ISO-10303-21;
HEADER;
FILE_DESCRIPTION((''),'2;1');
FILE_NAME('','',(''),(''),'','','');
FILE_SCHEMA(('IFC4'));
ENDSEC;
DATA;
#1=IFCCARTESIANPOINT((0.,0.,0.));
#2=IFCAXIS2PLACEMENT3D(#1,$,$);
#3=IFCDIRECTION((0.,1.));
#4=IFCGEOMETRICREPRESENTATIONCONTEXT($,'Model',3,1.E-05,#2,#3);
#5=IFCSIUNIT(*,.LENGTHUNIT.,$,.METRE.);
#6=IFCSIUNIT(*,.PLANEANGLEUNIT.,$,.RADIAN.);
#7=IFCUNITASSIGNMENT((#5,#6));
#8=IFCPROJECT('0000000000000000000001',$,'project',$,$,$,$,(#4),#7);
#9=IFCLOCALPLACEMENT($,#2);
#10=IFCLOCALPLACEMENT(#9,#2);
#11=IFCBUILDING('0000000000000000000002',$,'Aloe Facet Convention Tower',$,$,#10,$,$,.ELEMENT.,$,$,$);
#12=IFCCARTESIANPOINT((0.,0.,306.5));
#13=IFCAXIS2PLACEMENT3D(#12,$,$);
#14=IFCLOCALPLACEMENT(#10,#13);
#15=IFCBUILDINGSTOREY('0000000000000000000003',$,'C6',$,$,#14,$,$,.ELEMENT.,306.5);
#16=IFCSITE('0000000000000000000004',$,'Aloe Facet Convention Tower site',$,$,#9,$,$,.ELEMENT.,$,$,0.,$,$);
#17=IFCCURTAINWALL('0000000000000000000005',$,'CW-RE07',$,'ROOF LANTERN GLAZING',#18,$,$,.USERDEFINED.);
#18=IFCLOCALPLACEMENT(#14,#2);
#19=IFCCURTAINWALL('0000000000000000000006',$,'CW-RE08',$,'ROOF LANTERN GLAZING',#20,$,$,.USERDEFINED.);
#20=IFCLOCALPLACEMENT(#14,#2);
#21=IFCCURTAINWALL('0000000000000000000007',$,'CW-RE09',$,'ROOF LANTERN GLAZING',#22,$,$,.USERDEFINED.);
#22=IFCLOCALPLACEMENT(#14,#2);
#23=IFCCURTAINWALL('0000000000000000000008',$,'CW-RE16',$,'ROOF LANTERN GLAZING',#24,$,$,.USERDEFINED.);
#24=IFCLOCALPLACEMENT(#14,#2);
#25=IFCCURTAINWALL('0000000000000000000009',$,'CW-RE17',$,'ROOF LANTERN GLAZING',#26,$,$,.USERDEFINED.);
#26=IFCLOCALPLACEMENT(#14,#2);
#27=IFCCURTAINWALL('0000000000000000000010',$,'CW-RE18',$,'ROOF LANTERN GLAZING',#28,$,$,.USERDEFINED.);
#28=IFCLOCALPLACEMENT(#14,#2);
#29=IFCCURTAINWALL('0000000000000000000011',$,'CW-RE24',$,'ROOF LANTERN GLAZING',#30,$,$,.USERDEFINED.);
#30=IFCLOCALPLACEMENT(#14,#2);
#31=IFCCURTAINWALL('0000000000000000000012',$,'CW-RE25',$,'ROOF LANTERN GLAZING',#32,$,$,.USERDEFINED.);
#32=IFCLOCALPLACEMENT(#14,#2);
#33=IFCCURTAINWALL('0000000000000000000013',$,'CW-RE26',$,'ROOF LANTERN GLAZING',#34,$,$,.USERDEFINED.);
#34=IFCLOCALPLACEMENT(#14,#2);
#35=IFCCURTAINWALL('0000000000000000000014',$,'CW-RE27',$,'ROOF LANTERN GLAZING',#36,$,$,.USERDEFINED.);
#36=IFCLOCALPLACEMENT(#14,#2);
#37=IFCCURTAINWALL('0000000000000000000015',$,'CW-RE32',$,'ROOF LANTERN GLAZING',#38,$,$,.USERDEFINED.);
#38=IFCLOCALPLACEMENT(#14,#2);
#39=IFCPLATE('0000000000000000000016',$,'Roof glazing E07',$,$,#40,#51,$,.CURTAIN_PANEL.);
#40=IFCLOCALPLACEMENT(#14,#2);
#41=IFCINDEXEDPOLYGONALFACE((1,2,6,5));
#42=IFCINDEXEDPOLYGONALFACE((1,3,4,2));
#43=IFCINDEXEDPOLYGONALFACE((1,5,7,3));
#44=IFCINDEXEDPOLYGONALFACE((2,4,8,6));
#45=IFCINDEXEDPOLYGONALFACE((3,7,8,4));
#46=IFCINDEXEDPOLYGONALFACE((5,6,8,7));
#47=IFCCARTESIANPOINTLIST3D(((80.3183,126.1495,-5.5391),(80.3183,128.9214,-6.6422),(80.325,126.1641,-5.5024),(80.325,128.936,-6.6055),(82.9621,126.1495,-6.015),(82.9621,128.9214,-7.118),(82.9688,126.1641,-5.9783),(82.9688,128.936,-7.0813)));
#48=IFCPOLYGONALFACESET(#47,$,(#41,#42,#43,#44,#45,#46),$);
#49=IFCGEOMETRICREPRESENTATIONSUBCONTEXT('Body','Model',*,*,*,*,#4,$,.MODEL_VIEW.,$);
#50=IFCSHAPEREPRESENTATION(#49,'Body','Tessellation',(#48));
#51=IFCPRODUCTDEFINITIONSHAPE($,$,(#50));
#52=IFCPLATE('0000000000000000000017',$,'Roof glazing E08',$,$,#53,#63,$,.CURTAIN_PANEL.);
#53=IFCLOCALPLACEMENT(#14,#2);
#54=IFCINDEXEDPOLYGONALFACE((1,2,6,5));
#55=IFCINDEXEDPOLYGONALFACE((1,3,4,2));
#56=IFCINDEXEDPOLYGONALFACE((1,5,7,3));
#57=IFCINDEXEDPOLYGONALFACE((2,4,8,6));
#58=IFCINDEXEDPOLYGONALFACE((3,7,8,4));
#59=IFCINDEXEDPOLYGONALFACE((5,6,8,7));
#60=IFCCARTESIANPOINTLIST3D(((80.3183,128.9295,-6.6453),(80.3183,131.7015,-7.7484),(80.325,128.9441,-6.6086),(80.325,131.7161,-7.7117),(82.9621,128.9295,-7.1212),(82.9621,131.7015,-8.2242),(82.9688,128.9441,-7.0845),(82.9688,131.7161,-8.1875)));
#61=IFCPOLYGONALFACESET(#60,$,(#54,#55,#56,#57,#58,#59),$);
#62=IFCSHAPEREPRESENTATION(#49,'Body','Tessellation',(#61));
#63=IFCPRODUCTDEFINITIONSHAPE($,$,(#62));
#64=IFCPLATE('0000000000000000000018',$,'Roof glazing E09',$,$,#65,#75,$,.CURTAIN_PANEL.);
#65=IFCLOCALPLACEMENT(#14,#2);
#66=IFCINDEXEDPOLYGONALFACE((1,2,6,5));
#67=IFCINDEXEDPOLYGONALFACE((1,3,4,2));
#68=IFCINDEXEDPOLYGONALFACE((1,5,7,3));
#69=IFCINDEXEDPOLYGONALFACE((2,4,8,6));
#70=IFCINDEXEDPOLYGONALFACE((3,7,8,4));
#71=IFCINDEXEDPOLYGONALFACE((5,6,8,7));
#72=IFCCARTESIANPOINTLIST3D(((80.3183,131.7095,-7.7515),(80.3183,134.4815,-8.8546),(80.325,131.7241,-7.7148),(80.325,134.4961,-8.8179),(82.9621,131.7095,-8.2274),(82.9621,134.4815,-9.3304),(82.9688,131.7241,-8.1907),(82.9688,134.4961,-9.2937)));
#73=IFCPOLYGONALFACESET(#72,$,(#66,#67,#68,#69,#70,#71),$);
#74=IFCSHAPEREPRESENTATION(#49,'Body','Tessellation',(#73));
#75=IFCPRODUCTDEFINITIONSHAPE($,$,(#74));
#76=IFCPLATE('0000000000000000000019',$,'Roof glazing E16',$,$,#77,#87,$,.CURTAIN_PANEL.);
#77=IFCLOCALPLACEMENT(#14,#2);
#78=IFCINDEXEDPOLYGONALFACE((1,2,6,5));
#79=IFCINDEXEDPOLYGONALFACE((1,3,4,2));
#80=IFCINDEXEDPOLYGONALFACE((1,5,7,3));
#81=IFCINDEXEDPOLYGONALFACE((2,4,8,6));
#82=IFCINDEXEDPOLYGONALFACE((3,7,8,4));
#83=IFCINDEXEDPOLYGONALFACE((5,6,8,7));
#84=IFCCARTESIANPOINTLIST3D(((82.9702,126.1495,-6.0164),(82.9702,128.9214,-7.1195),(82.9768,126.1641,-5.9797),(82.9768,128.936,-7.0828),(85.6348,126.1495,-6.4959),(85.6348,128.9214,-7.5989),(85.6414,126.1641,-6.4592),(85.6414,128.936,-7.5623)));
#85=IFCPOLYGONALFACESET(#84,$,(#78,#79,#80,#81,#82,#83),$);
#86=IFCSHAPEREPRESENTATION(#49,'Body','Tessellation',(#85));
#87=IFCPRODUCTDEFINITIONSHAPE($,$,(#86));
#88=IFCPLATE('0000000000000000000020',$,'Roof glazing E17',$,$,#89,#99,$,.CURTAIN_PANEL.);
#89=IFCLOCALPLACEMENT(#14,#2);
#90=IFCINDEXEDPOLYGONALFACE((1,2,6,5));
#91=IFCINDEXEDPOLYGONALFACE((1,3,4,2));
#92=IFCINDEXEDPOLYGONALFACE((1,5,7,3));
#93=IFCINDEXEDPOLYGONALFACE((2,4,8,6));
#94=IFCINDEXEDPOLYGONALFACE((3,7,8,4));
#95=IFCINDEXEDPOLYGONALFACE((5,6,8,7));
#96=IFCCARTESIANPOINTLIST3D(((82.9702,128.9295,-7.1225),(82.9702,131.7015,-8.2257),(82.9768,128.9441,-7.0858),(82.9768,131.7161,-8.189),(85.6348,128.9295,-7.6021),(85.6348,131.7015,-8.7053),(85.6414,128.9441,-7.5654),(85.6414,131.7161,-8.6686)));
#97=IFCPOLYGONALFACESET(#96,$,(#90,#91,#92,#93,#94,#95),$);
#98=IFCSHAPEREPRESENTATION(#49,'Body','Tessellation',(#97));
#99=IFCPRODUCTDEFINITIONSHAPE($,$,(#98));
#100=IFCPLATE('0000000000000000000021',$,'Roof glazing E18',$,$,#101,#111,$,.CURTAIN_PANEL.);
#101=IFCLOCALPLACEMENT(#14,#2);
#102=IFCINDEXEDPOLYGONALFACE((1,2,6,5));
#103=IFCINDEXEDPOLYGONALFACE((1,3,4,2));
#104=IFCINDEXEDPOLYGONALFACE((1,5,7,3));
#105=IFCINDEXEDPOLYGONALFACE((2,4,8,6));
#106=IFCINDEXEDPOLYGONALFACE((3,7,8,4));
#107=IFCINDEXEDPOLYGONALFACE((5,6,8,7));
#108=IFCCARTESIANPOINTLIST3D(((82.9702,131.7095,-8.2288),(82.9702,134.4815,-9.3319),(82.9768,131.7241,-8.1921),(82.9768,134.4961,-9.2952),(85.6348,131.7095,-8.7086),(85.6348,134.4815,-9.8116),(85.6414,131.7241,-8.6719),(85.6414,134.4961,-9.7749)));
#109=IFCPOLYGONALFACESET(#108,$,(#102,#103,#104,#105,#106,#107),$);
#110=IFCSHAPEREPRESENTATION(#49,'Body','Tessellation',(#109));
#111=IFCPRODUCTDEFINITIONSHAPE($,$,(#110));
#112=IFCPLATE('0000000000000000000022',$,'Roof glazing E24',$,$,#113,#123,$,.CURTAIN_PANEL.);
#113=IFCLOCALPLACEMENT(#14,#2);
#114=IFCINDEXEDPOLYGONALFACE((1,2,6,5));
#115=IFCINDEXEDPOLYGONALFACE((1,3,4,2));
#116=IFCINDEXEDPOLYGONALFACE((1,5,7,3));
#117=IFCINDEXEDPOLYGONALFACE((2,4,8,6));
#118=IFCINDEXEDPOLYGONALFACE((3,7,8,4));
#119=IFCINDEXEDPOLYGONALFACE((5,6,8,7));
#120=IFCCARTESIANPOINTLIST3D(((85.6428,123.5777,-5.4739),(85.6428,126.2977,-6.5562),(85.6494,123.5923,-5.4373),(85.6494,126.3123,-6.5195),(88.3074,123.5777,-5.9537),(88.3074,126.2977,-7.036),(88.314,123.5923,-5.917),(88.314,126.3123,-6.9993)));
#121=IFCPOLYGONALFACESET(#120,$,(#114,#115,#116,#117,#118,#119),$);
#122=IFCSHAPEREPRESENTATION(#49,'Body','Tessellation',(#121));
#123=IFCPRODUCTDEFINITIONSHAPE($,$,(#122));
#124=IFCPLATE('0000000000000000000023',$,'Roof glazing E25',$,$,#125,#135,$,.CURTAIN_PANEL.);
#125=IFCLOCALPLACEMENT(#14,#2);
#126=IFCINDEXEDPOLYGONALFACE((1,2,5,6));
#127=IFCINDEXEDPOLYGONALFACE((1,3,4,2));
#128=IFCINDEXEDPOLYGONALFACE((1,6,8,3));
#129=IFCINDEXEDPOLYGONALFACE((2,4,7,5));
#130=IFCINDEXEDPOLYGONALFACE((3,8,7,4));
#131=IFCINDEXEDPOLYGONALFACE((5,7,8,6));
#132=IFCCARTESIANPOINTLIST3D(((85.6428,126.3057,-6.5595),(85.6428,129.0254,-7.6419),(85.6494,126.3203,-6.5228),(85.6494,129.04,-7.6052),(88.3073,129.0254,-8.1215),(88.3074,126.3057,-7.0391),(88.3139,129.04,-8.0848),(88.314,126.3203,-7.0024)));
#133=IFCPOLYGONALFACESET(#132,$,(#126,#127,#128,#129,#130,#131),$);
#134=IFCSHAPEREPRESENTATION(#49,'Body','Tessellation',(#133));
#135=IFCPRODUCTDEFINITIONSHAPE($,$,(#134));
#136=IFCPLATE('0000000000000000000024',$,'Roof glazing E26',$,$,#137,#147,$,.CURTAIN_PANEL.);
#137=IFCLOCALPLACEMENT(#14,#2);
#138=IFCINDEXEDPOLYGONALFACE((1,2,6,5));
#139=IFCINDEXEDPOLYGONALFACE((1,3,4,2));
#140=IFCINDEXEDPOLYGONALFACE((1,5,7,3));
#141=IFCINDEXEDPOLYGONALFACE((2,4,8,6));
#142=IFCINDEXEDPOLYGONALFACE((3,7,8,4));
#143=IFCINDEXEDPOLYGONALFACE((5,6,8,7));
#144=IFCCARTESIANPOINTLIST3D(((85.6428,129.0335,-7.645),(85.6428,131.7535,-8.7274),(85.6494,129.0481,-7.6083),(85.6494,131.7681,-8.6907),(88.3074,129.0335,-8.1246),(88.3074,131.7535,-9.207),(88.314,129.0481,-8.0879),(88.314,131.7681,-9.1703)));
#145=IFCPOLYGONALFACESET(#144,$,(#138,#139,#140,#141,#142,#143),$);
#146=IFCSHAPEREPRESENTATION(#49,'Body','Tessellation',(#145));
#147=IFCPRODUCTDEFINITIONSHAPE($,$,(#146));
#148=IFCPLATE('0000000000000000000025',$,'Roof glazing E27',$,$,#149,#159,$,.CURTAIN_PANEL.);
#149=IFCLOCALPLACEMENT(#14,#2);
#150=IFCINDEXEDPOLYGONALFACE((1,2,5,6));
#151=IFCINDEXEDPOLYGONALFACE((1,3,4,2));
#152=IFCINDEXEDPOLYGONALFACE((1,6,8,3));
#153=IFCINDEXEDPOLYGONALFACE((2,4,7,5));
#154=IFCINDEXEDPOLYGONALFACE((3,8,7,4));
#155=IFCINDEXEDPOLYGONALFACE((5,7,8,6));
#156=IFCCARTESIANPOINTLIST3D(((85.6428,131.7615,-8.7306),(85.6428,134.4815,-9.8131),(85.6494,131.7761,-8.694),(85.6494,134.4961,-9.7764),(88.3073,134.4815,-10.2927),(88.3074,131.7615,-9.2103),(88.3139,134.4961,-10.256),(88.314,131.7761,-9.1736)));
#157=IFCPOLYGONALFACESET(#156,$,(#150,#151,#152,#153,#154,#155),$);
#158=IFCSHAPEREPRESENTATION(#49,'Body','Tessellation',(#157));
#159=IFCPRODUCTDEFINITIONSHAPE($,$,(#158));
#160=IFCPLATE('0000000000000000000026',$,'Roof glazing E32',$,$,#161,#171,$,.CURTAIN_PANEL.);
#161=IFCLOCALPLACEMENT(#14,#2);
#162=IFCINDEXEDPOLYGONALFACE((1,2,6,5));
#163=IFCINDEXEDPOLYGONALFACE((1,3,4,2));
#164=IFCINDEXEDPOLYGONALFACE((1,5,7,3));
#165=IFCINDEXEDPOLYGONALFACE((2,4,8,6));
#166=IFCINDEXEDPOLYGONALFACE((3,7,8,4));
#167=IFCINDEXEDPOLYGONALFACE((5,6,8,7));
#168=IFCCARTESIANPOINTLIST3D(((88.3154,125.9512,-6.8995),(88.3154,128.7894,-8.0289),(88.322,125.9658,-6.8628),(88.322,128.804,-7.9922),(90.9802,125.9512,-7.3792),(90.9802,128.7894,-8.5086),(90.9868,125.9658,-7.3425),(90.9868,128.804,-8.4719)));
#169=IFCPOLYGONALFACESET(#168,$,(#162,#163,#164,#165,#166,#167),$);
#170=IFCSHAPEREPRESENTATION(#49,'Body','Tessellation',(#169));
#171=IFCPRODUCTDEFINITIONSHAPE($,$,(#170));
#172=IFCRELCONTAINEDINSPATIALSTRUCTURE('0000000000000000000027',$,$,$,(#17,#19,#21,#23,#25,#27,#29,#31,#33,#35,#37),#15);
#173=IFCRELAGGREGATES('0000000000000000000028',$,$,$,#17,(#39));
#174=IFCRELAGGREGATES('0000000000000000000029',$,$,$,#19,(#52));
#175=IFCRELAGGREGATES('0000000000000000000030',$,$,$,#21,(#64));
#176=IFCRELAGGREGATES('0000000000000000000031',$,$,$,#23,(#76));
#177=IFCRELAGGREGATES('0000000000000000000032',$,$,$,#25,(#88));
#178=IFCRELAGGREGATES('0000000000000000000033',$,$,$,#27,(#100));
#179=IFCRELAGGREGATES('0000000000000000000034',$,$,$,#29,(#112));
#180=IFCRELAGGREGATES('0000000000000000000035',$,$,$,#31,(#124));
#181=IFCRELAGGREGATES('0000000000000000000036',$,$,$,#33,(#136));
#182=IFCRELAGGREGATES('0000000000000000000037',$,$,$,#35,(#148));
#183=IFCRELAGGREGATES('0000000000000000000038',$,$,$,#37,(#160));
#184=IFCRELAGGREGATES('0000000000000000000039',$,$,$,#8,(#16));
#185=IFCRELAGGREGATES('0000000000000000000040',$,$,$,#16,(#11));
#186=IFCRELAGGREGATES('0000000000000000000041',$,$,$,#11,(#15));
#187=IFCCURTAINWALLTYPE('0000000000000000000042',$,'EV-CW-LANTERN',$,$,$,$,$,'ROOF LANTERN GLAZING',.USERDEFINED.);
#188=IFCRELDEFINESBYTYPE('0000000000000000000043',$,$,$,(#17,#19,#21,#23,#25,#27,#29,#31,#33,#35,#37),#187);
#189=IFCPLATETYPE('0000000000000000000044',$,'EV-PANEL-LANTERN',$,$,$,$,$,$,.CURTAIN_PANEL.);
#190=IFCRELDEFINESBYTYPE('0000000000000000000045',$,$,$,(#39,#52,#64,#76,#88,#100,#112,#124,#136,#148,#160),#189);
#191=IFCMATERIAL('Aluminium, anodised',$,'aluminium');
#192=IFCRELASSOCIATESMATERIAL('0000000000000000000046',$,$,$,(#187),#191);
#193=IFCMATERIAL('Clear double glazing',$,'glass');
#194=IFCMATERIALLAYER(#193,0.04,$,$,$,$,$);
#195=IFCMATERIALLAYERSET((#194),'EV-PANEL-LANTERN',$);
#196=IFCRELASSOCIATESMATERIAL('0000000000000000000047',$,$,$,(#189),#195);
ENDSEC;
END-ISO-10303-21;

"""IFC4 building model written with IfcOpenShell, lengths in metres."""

from ifc_helpers import new_model, si_unit, direction, frame, origin, place, context, subcontext, project, spatial, polyline, outline, extrude, material, layer, layer_set, type_object, element, aggregate, save


model = new_model("IFC4")

# Units and contexts
model_context = context("Model", 3, precision=1e-05, world=origin(), true_north=direction((0.0, 1.0)))
body_context = subcontext(model_context, "Body", "Model", "MODEL_VIEW")
ifc_project = project(units=[si_unit("LENGTHUNIT", "METRE"), si_unit("PLANEANGLEUNIT", "RADIAN")], contexts=[model_context])

# Site, building, storey
site_placement = place(None, origin())
site = spatial("IfcSite", under=ifc_project, at=site_placement, Name="Aloe Facet Convention Tower site", CompositionType="ELEMENT", RefElevation=0.0)
building_placement = place(site_placement, origin())
building = spatial("IfcBuilding", under=site, at=building_placement, Name="Aloe Facet Convention Tower", CompositionType="ELEMENT")
storey_placement = place(building_placement, frame((0.0, 0.0, 306.5)))
storey = spatial("IfcBuildingStorey", under=building, at=storey_placement, Name="C6", CompositionType="ELEMENT", Elevation=306.5)

# Shared definitions
ifc_material_1 = material(Name="Aluminium, anodised", Category="aluminium")
curtain_wall_type = type_object("IfcCurtainWallType", Name="EV-CW-LANTERN", ElementType="ROOF LANTERN GLAZING", PredefinedType="USERDEFINED", material=ifc_material_1)

# Curtain walls
curtain_wall_1_placement = place(storey_placement, origin())
curtain_wall_1 = element("IfcCurtainWall", 1, at=curtain_wall_1_placement, inside=storey, type_object=curtain_wall_type, Name="CW-RE07", ObjectType="ROOF LANTERN GLAZING", PredefinedType="USERDEFINED")
curtain_wall_2_placement = place(storey_placement, origin())
curtain_wall_2 = element("IfcCurtainWall", 2, at=curtain_wall_2_placement, inside=storey, type_object=curtain_wall_type, Name="CW-RE08", ObjectType="ROOF LANTERN GLAZING", PredefinedType="USERDEFINED")
curtain_wall_3_placement = place(storey_placement, origin())
curtain_wall_3 = element("IfcCurtainWall", 3, at=curtain_wall_3_placement, inside=storey, type_object=curtain_wall_type, Name="CW-RE09", ObjectType="ROOF LANTERN GLAZING", PredefinedType="USERDEFINED")

# Curtain walls
curtain_wall_4_placement = place(storey_placement, origin())
curtain_wall_4 = element("IfcCurtainWall", 4, at=curtain_wall_4_placement, inside=storey, type_object=curtain_wall_type, Name="CW-RE16", ObjectType="ROOF LANTERN GLAZING", PredefinedType="USERDEFINED")
curtain_wall_5_placement = place(storey_placement, origin())
curtain_wall_5 = element("IfcCurtainWall", 5, at=curtain_wall_5_placement, inside=storey, type_object=curtain_wall_type, Name="CW-RE17", ObjectType="ROOF LANTERN GLAZING", PredefinedType="USERDEFINED")
curtain_wall_6_placement = place(storey_placement, origin())
curtain_wall_6 = element("IfcCurtainWall", 6, at=curtain_wall_6_placement, inside=storey, type_object=curtain_wall_type, Name="CW-RE18", ObjectType="ROOF LANTERN GLAZING", PredefinedType="USERDEFINED")
curtain_wall_7_placement = place(storey_placement, origin())
curtain_wall_7 = element("IfcCurtainWall", 7, at=curtain_wall_7_placement, inside=storey, type_object=curtain_wall_type, Name="CW-RE24", ObjectType="ROOF LANTERN GLAZING", PredefinedType="USERDEFINED")
curtain_wall_8_placement = place(storey_placement, origin())
curtain_wall_8 = element("IfcCurtainWall", 8, at=curtain_wall_8_placement, inside=storey, type_object=curtain_wall_type, Name="CW-RE25", ObjectType="ROOF LANTERN GLAZING", PredefinedType="USERDEFINED")
curtain_wall_9_placement = place(storey_placement, origin())
curtain_wall_9 = element("IfcCurtainWall", 9, at=curtain_wall_9_placement, inside=storey, type_object=curtain_wall_type, Name="CW-RE26", ObjectType="ROOF LANTERN GLAZING", PredefinedType="USERDEFINED")
curtain_wall_10_placement = place(storey_placement, origin())
curtain_wall_10 = element("IfcCurtainWall", 10, at=curtain_wall_10_placement, inside=storey, type_object=curtain_wall_type, Name="CW-RE27", ObjectType="ROOF LANTERN GLAZING", PredefinedType="USERDEFINED")

# Curtain wall
curtain_wall_11_placement = place(storey_placement, origin())
curtain_wall_11 = element("IfcCurtainWall", 11, at=curtain_wall_11_placement, inside=storey, type_object=curtain_wall_type, Name="CW-RE32", ObjectType="ROOF LANTERN GLAZING", PredefinedType="USERDEFINED")

# Plates
ifc_material_2 = material(Name="Clear double glazing", Category="glass")
ifc_layer = layer(ifc_material_2, 0.04)
ifc_layer_set = layer_set([ifc_layer], Name="EV-PANEL-LANTERN")
plate_type = type_object("IfcPlateType", Name="EV-PANEL-LANTERN", PredefinedType="CURTAIN_PANEL", material=ifc_layer_set)
plate_1_placement = place(storey_placement, frame((80.325, 128.936, -6.6055), z_axis=(0.164936, 0.364662, 0.916416), x_axis=(0.984187, 0.0, -0.177134)))
plate_1 = element("IfcPlate", 12, at=plate_1_placement, type_object=plate_type, Name="Roof glazing E07", PredefinedType="CURTAIN_PANEL", context=body_context, shape_type="SweptSolid", body=[
    extrude(outline(polyline([(0.0, 0.0), (2.6863, 0.0), (2.4909, -2.977), (-0.1954, -2.977), (0.0, 0.0)])), origin(), (0.0, 0.0, -1.0), 0.04),
])
aggregate(curtain_wall_1, [plate_1])
plate_2_placement = place(storey_placement, frame((80.325, 131.7161, -7.7117), z_axis=(0.164936, 0.364662, 0.916416), x_axis=(0.984187, 0.0, -0.177134)))
plate_2 = element("IfcPlate", 13, at=plate_2_placement, type_object=plate_type, Name="Roof glazing E08", PredefinedType="CURTAIN_PANEL", context=body_context, shape_type="SweptSolid", body=[
    extrude(outline(polyline([(0.0, 0.0), (2.6863, 0.0), (2.4909, -2.977), (-0.1954, -2.977), (0.0, 0.0)])), origin(), (0.0, 0.0, -1.0), 0.04),
])
aggregate(curtain_wall_2, [plate_2])
plate_3_placement = place(storey_placement, frame((80.325, 131.7241, -7.7148), z_axis=(0.164936, 0.364662, 0.916416), x_axis=(0.0, 0.929141, -0.369725)))
plate_3 = element("IfcPlate", 14, at=plate_3_placement, type_object=plate_type, Name="Roof glazing E09", PredefinedType="CURTAIN_PANEL", context=body_context, shape_type="SweptSolid", body=[
    extrude(outline(polyline([(0.0, 0.0), (2.9834, 0.0), (3.1593, -2.6805), (0.1759, -2.6805), (0.0, 0.0)])), origin(), (0.0, 0.0, -1.0), 0.04),
])
aggregate(curtain_wall_3, [plate_3])
plate_4_placement = place(storey_placement, frame((82.9768, 128.936, -7.0828), z_axis=(0.164912, 0.364663, 0.91642), x_axis=(0.984191, 0.0, -0.177108)))
plate_4 = element("IfcPlate", 15, at=plate_4_placement, type_object=plate_type, Name="Roof glazing E16", PredefinedType="CURTAIN_PANEL", context=body_context, shape_type="SweptSolid", body=[
    extrude(outline(polyline([(0.0, 0.0), (2.7073, 0.0), (2.512, -2.977), (-0.1954, -2.977), (0.0, 0.0)])), origin(), (0.0, 0.0, -1.0), 0.04),
])
aggregate(curtain_wall_4, [plate_4])
plate_5_placement = place(storey_placement, frame((82.9768, 131.7161, -8.189), z_axis=(0.16495, 0.364695, 0.9164), x_axis=(0.984183, 0.000015, -0.177157)))
plate_5 = element("IfcPlate", 16, at=plate_5_placement, type_object=plate_type, Name="Roof glazing E17", PredefinedType="CURTAIN_PANEL", context=body_context, shape_type="SweptSolid", body=[
    extrude(outline(polyline([(0.0, 0.0), (2.7074, 0.0), (2.5119, -2.977), (-0.1955, -2.977), (0.0, 0.0)])), origin(), (0.0, 0.0, -1.0), 0.04),
])
aggregate(curtain_wall_5, [plate_5])
plate_6_placement = place(storey_placement, frame((82.9768, 134.4961, -9.2952), z_axis=(0.164994, 0.364658, 0.916407), x_axis=(0.984176, 0.0, -0.177195)))
plate_6 = element("IfcPlate", 17, at=plate_6_placement, type_object=plate_type, Name="Roof glazing E18", PredefinedType="CURTAIN_PANEL", context=body_context, shape_type="SweptSolid", body=[
    extrude(outline(polyline([(0.0, 0.0), (2.7074, 0.0), (2.5119, -2.977), (-0.1955, -2.977), (0.0, 0.0)])), origin(), (0.0, 0.0, -1.0), 0.04),
])
aggregate(curtain_wall_6, [plate_6])
plate_7_placement = place(storey_placement, frame((85.6494, 126.3123, -6.5195), z_axis=(0.164995, 0.364641, 0.916414), x_axis=(0.984176, 0.0, -0.177195)))
plate_7 = element("IfcPlate", 18, at=plate_7_placement, type_object=plate_type, Name="Roof glazing E24", PredefinedType="CURTAIN_PANEL", context=body_context, shape_type="SweptSolid", body=[
    extrude(outline(polyline([(0.0, 0.0), (2.7074, 0.0), (2.5156, -2.9211), (-0.1918, -2.9211), (0.0, 0.0)])), origin(), (0.0, 0.0, -1.0), 0.04),
])
aggregate(curtain_wall_7, [plate_7])
plate_8_placement = place(storey_placement, frame((85.6494, 129.04, -7.6052), z_axis=(0.164949, 0.364707, 0.916395), x_axis=(0.984185, -0.000015, -0.177145)))
plate_8 = element("IfcPlate", 19, at=plate_8_placement, type_object=plate_type, Name="Roof glazing E25", PredefinedType="CURTAIN_PANEL", context=body_context, shape_type="SweptSolid", body=[
    extrude(outline(polyline([(0.0, 0.0), (2.7073, 0.0), (2.5157, -2.9209), (-0.1917, -2.921), (0.0, 0.0)])), origin(), (0.0, 0.0, -1.0), 0.04),
])
aggregate(curtain_wall_8, [plate_8])
plate_9_placement = place(storey_placement, frame((85.6494, 131.7681, -8.6907), z_axis=(0.164951, 0.364679, 0.916406), x_axis=(0.984183, 0.000015, -0.177157)))
plate_9 = element("IfcPlate", 20, at=plate_9_placement, type_object=plate_type, Name="Roof glazing E26", PredefinedType="CURTAIN_PANEL", context=body_context, shape_type="SweptSolid", body=[
    extrude(outline(polyline([(0.0, 0.0), (2.7074, 0.0), (2.5156, -2.9212), (-0.1918, -2.9211), (0.0, 0.0)])), origin(), (0.0, 0.0, -1.0), 0.04),
])
aggregate(curtain_wall_9, [plate_9])
plate_10_placement = place(storey_placement, frame((85.6494, 134.4961, -9.7764), z_axis=(0.164951, 0.364679, 0.916406), x_axis=(0.984185, -0.000015, -0.177145)))
plate_10 = element("IfcPlate", 21, at=plate_10_placement, type_object=plate_type, Name="Roof glazing E27", PredefinedType="CURTAIN_PANEL", context=body_context, shape_type="SweptSolid", body=[
    extrude(outline(polyline([(0.0, 0.0), (2.7073, 0.0), (2.5157, -2.9211), (-0.1917, -2.9212), (0.0, 0.0)])), origin(), (0.0, 0.0, -1.0), 0.04),
])
aggregate(curtain_wall_10, [plate_10])
plate_11_placement = place(storey_placement, frame((88.322, 128.804, -7.9922), z_axis=(0.164978, 0.36467, 0.916405), x_axis=(0.984179, 0.0, -0.177179)))
plate_11 = element("IfcPlate", 22, at=plate_11_placement, type_object=plate_type, Name="Roof glazing E32", PredefinedType="CURTAIN_PANEL", context=body_context, shape_type="SweptSolid", body=[
    extrude(outline(polyline([(0.0, 0.0), (2.7076, 0.0), (2.5075, -3.048), (-0.2001, -3.048), (0.0, 0.0)])), origin(), (0.0, 0.0, -1.0), 0.04),
])
aggregate(curtain_wall_11, [plate_11])

save(model, "model.ifc")
